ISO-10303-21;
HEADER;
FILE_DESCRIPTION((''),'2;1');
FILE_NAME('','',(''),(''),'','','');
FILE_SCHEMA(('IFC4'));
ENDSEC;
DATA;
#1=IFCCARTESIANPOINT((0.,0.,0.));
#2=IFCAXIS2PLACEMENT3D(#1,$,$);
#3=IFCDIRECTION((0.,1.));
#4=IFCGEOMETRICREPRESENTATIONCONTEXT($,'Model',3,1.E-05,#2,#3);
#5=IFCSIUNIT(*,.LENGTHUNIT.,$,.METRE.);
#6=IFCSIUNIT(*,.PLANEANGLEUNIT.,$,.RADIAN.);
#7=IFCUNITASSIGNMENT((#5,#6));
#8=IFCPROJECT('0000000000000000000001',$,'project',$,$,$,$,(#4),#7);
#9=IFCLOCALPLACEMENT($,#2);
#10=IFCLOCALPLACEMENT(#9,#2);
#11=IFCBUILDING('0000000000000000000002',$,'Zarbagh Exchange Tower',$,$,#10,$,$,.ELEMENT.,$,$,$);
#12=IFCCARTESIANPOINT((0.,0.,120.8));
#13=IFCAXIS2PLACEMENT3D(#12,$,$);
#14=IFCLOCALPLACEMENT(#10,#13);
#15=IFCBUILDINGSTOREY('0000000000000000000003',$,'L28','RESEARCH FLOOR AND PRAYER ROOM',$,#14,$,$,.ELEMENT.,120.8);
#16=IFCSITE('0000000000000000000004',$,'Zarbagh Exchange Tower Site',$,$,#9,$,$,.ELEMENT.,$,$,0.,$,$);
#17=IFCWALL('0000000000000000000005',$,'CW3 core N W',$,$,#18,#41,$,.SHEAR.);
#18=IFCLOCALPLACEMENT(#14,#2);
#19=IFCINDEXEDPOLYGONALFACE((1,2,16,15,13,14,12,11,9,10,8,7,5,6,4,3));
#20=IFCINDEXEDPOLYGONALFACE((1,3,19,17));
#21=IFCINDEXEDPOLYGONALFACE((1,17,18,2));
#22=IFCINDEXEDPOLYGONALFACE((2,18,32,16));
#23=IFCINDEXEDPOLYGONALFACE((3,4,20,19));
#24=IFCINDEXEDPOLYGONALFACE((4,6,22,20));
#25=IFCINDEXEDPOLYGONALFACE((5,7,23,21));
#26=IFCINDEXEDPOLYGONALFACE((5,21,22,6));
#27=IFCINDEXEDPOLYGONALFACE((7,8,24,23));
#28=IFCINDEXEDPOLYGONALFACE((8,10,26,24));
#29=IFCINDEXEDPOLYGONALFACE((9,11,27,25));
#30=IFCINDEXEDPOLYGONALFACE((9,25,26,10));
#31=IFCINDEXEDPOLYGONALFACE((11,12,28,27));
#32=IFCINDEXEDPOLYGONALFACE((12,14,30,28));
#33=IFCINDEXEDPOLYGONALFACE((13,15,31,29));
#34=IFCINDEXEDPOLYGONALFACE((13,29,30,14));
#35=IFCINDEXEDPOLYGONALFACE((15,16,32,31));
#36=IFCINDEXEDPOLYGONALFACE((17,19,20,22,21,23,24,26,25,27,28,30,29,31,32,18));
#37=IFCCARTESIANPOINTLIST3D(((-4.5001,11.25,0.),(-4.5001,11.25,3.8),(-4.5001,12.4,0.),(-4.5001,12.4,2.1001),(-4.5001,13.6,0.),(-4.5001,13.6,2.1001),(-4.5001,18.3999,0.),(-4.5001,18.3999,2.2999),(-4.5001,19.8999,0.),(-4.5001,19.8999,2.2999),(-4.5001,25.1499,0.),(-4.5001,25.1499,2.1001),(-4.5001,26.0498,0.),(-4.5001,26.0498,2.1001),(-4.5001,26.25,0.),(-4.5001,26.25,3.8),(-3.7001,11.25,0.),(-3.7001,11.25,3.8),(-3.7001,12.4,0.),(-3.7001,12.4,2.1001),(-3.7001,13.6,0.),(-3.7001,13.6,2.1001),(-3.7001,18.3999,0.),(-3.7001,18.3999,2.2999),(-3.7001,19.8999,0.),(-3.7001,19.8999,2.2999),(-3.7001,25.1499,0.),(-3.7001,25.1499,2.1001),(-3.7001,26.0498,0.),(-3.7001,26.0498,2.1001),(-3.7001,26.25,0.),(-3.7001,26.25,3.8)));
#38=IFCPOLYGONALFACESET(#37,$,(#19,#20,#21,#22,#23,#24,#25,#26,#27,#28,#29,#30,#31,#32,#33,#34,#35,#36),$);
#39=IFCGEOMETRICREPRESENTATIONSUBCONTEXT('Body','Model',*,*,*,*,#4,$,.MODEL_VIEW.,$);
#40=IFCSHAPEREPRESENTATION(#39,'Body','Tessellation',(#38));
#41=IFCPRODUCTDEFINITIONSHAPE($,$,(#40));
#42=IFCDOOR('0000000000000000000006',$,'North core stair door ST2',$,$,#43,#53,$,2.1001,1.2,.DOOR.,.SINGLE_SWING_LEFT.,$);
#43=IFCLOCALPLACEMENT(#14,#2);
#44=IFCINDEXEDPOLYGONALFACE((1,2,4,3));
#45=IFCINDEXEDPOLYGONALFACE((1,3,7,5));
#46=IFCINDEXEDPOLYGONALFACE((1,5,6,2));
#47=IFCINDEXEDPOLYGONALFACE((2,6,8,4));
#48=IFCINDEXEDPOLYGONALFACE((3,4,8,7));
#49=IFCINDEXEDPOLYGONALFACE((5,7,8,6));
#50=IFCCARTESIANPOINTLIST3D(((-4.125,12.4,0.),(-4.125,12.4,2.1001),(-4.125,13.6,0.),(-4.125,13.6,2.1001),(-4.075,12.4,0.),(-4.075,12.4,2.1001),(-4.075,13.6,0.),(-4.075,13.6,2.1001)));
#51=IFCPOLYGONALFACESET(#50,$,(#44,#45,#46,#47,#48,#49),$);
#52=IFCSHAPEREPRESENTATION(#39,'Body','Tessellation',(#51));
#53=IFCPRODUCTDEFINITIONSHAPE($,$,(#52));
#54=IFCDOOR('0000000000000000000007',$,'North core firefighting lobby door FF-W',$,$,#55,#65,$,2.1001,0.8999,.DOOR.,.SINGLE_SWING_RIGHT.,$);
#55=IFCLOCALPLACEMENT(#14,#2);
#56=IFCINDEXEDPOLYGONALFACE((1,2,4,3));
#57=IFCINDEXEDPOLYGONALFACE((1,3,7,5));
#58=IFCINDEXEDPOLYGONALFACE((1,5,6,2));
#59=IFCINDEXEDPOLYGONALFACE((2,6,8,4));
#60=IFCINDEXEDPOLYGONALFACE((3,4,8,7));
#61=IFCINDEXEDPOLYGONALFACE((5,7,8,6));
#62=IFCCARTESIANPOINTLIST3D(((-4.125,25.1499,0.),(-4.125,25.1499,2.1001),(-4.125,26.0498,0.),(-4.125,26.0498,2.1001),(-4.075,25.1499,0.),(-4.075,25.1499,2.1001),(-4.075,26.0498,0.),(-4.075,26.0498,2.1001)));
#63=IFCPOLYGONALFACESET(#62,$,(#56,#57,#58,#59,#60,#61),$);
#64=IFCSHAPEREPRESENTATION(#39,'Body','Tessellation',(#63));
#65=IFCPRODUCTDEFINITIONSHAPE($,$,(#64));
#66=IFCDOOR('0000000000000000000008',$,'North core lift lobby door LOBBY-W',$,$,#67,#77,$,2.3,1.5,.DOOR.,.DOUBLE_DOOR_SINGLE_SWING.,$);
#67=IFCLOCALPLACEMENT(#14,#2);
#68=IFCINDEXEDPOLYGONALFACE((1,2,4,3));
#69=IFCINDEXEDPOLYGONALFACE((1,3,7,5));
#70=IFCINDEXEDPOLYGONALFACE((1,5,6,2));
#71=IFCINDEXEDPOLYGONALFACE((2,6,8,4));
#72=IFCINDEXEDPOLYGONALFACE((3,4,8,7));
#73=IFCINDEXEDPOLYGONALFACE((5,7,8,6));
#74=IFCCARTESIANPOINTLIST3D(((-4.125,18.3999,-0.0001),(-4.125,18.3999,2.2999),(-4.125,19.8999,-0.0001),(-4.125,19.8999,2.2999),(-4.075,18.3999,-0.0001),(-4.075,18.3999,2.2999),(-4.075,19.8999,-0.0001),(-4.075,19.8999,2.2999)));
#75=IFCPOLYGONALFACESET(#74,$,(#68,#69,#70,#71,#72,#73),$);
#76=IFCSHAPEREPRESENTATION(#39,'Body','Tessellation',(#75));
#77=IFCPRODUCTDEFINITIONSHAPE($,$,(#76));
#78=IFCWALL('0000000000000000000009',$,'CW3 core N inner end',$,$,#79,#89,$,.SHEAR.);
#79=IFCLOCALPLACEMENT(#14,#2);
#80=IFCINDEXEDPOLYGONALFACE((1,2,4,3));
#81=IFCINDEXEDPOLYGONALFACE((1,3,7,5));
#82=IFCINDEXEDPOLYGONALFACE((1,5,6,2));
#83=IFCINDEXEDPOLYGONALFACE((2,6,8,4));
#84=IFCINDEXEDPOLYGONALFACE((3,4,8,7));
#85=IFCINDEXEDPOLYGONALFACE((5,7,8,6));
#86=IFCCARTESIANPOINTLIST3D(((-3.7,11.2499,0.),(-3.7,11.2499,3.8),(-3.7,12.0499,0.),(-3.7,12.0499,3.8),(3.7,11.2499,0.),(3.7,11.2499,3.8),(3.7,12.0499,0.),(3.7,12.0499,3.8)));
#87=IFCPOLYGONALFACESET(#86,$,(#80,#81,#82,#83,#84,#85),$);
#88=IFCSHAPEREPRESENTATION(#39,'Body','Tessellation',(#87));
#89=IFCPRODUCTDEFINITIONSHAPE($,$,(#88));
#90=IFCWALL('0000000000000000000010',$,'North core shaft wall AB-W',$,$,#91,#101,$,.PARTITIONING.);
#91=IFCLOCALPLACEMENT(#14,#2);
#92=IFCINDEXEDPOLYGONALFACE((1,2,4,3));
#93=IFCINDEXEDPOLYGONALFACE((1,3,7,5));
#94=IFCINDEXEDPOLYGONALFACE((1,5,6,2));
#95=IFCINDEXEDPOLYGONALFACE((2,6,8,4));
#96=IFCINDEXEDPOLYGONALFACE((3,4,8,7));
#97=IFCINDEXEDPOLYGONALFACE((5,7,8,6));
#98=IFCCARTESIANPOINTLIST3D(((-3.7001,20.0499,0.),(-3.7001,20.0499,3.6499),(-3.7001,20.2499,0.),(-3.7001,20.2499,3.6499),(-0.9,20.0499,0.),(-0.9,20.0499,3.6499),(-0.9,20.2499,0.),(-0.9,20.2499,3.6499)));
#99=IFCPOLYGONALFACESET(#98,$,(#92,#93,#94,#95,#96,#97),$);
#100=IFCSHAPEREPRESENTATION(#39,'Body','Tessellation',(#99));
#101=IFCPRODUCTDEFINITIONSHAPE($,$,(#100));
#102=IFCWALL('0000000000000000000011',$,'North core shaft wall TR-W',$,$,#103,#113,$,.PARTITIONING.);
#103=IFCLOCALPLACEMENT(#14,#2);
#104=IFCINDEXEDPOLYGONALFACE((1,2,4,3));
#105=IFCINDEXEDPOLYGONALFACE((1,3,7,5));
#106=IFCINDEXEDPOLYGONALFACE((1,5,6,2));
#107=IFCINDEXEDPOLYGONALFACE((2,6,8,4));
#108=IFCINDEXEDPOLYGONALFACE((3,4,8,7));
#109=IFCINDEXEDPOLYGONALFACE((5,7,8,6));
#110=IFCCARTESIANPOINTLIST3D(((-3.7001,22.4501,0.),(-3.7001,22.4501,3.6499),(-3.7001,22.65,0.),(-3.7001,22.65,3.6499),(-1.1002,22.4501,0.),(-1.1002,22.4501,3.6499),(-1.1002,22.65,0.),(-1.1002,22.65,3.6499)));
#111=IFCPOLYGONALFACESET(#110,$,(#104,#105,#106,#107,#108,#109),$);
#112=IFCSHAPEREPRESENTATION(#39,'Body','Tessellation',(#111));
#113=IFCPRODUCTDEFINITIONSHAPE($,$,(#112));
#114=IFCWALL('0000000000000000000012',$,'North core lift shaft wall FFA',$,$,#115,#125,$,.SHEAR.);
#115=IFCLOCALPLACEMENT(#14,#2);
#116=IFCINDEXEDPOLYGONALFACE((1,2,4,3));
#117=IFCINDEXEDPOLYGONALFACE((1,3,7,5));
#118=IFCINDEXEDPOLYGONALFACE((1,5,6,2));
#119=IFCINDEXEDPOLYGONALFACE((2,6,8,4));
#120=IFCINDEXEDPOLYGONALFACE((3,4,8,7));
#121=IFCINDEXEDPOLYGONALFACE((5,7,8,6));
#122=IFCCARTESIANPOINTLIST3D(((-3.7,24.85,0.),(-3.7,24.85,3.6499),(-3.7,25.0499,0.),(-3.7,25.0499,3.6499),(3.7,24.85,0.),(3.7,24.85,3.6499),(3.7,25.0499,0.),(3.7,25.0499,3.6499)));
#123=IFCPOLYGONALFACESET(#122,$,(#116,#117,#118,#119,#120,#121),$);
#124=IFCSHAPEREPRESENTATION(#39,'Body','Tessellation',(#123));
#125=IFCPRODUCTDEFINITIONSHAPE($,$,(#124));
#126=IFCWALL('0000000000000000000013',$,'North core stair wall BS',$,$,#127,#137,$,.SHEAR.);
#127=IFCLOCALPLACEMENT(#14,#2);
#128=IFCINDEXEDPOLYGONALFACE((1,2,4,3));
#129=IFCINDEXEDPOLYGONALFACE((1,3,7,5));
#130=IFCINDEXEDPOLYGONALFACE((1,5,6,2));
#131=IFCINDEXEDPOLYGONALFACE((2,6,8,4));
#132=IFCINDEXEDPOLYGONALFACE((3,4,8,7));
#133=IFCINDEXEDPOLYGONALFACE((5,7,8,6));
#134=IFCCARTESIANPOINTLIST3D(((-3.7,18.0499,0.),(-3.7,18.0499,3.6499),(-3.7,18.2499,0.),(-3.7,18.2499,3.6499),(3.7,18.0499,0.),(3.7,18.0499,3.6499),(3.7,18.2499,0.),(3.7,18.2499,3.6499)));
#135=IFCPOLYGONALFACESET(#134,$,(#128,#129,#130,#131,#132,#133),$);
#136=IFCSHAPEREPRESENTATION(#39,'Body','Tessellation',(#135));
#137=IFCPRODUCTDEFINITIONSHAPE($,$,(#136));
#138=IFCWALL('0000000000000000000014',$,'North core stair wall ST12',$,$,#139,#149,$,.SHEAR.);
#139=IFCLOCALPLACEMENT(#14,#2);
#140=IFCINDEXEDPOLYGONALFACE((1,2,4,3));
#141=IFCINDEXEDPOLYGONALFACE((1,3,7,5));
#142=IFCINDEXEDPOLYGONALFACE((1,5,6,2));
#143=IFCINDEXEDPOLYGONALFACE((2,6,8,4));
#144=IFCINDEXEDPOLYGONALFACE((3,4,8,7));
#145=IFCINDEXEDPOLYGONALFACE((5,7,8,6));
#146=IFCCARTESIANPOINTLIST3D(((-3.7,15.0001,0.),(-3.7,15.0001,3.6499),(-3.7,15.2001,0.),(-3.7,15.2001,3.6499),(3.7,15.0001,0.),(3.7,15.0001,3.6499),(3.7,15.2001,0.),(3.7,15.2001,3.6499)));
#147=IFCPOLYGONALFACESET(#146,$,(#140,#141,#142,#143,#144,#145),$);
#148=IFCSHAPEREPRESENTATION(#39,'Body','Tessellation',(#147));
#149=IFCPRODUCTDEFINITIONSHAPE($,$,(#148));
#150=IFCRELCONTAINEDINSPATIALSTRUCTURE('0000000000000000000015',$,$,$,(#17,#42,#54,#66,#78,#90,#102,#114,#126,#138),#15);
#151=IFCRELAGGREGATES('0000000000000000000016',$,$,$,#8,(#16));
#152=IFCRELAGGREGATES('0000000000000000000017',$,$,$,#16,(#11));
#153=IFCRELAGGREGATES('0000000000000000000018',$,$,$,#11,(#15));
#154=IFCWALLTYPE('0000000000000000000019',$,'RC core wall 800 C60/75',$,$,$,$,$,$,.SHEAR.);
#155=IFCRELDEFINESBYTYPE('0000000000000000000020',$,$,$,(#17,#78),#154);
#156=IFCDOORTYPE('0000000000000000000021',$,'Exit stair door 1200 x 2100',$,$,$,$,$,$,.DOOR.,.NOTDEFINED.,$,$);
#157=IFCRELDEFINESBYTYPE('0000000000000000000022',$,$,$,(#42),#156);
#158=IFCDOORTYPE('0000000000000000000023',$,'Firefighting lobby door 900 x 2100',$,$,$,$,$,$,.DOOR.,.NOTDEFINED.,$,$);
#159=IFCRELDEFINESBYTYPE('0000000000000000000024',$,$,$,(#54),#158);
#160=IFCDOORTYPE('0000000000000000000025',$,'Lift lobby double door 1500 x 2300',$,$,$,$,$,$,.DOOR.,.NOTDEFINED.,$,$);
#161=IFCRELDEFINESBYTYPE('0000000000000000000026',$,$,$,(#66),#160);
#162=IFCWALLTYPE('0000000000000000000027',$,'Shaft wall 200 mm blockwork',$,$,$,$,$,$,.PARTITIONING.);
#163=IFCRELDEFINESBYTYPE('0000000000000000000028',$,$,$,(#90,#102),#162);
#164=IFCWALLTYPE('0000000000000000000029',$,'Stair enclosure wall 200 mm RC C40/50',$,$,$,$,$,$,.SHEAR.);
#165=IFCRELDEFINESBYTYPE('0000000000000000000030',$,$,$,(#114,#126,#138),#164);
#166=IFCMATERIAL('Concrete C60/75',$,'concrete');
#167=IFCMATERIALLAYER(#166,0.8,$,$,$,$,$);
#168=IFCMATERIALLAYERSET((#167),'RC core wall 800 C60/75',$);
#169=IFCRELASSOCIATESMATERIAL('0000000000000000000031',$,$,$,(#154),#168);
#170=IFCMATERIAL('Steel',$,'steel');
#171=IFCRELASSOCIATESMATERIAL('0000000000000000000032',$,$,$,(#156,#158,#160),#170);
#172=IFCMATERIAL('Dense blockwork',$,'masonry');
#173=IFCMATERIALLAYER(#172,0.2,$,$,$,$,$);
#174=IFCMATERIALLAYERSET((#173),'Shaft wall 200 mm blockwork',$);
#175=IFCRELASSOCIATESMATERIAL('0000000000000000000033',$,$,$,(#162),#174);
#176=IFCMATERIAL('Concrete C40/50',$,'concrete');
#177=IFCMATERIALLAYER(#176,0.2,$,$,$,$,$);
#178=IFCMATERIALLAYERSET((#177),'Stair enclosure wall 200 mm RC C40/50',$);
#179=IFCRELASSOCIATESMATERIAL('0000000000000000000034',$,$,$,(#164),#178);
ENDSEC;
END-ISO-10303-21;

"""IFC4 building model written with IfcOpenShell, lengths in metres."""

from ifc_helpers import new_model, si_unit, direction, frame, frame_2d, origin, place, context, subcontext, project, spatial, rectangle, extrude, material, layer, layer_set, type_object, element, fill, save


model = new_model("IFC4")

# Units and contexts
model_context = context("Model", 3, precision=1e-05, world=origin(), true_north=direction((0.0, 1.0)))
body_context = subcontext(model_context, "Body", "Model", "MODEL_VIEW")
ifc_project = project(units=[si_unit("LENGTHUNIT", "METRE"), si_unit("PLANEANGLEUNIT", "RADIAN")], contexts=[model_context])

# Site, building, storey
site_placement = place(None, origin())
site = spatial("IfcSite", under=ifc_project, at=site_placement, Name="Zarbagh Exchange Tower Site", CompositionType="ELEMENT", RefElevation=0.0)
building_placement = place(site_placement, origin())
building = spatial("IfcBuilding", under=site, at=building_placement, Name="Zarbagh Exchange Tower", CompositionType="ELEMENT")
storey_placement = place(building_placement, frame((0.0, 0.0, 120.8)))
storey = spatial("IfcBuildingStorey", under=building, at=storey_placement, Name="L28", Description="RESEARCH FLOOR AND PRAYER ROOM", CompositionType="ELEMENT", Elevation=120.8)

# Shared definitions
ifc_material_1 = material(Name="Concrete C60/75", Category="concrete")

# Wall, openings, doors
ifc_layer_1 = layer(ifc_material_1, 0.8)
ifc_layer_set_1 = layer_set([ifc_layer_1], Name="RC core wall 800 C60/75")
wall_type_1 = type_object("IfcWallType", Name="RC core wall 800 C60/75", PredefinedType="SHEAR", material=ifc_layer_set_1)
wall_1_placement = place(storey_placement, frame((-4.1001, 11.25, 0.0), z_axis=(0.0, 0.0, 1.0), x_axis=(0.0, 1.0, 0.0)))
wall_1 = element("IfcWall", 1, at=wall_1_placement, inside=storey, type_object=wall_type_1, Name="CW3 core N W", PredefinedType="SHEAR", context=body_context, shape_type="SweptSolid", body=[
    extrude(rectangle(XDim=15.0, YDim=0.8, at=frame_2d((7.5, 0.0))), origin(), (0.0, 0.0, 1.0), 3.8),
])
opening_1_placement = place(wall_1_placement, frame((7.1499, 0.0, 0.0)))
opening_1 = element("IfcOpeningElement", 2, at=opening_1_placement, cuts=wall_1, PredefinedType="OPENING", context=body_context, shape_type="SweptSolid", body=[
    extrude(rectangle(XDim=1.5, YDim=2.3, at=frame_2d((0.75, 1.1499))), frame((0.0, 0.4099, 0.0), z_axis=(0.0, -1.0, 0.0), x_axis=(1.0, 0.0, 0.0)), (0.0, 0.0, 1.0), 0.8201),
])
opening_2_placement = place(wall_1_placement, frame((13.8999, 0.0, 0.0)))
opening_2 = element("IfcOpeningElement", 3, at=opening_2_placement, cuts=wall_1, PredefinedType="OPENING", context=body_context, shape_type="SweptSolid", body=[
    extrude(rectangle(XDim=0.8999, YDim=2.1001, at=frame_2d((0.45, 1.05))), frame((0.0, 0.4099, 0.0), z_axis=(0.0, -1.0, 0.0), x_axis=(1.0, 0.0, 0.0)), (0.0, 0.0, 1.0), 0.8201),
])
opening_3_placement = place(wall_1_placement, frame((1.1499, 0.0, 0.0)))
opening_3 = element("IfcOpeningElement", 4, at=opening_3_placement, cuts=wall_1, PredefinedType="OPENING", context=body_context, shape_type="SweptSolid", body=[
    extrude(rectangle(XDim=1.2, YDim=2.1001, at=frame_2d((0.6001, 1.05))), frame((0.0, 0.4099, 0.0), z_axis=(0.0, -1.0, 0.0), x_axis=(1.0, 0.0, 0.0)), (0.0, 0.0, 1.0), 0.8201),
])
ifc_material_2 = material(Name="Steel", Category="steel")
door_type_1 = type_object("IfcDoorType", Name="Exit stair door 1200 x 2100", OperationType="NOTDEFINED", PredefinedType="DOOR", material=ifc_material_2)
door_1_placement = place(opening_3_placement, origin())
door_1 = element("IfcDoor", 5, at=door_1_placement, inside=storey, type_object=door_type_1, Name="North core stair door ST2", OperationType="SINGLE_SWING_LEFT", OverallHeight=2.1001, OverallWidth=1.2, PredefinedType="DOOR", context=body_context, shape_type="SweptSolid", body=[
    extrude(rectangle(XDim=1.2, YDim=2.1001, at=frame_2d((0.6001, 1.05))), frame((0.0, 0.0249, 0.0), z_axis=(0.0, -1.0, 0.0), x_axis=(1.0, 0.0, 0.0)), (0.0, 0.0, 1.0), 0.05),
])
fill(opening_3, door_1)
door_type_2 = type_object("IfcDoorType", Name="Firefighting lobby door 900 x 2100", OperationType="NOTDEFINED", PredefinedType="DOOR", material=ifc_material_2)
door_2_placement = place(opening_2_placement, origin())
door_2 = element("IfcDoor", 6, at=door_2_placement, inside=storey, type_object=door_type_2, Name="North core firefighting lobby door FF-W", OperationType="SINGLE_SWING_RIGHT", OverallHeight=2.1001, OverallWidth=0.8999, PredefinedType="DOOR", context=body_context, shape_type="SweptSolid", body=[
    extrude(rectangle(XDim=0.8999, YDim=2.1001, at=frame_2d((0.45, 1.05))), frame((0.0, 0.0249, 0.0), z_axis=(0.0, -1.0, 0.0), x_axis=(1.0, 0.0, 0.0)), (0.0, 0.0, 1.0), 0.05),
])
fill(opening_2, door_2)
door_type_3 = type_object("IfcDoorType", Name="Lift lobby double door 1500 x 2300", OperationType="NOTDEFINED", PredefinedType="DOOR", material=ifc_material_2)
door_3_placement = place(opening_1_placement, origin())
door_3 = element("IfcDoor", 7, at=door_3_placement, inside=storey, type_object=door_type_3, Name="North core lift lobby door LOBBY-W", OperationType="DOUBLE_DOOR_SINGLE_SWING", OverallHeight=2.3, OverallWidth=1.5, PredefinedType="DOOR", context=body_context, shape_type="SweptSolid", body=[
    extrude(rectangle(XDim=1.5, YDim=2.3, at=frame_2d((0.75, 1.1499))), frame((0.0, 0.0249, 0.0), z_axis=(0.0, -1.0, 0.0), x_axis=(1.0, 0.0, 0.0)), (0.0, 0.0, 1.0), 0.05),
])
fill(opening_1, door_3)

# Walls
wall_2_placement = place(storey_placement, frame((-3.7, 11.6499, 0.0), z_axis=(0.0, 0.0, 1.0), x_axis=(1.0, 0.0, 0.0)))
element("IfcWall", 8, at=wall_2_placement, inside=storey, type_object=wall_type_1, Name="CW3 core N inner end", PredefinedType="SHEAR", context=body_context, shape_type="SweptSolid", body=[
    extrude(rectangle(XDim=7.3999, YDim=0.8, at=frame_2d((3.7, 0.0))), origin(), (0.0, 0.0, 1.0), 3.8),
])
ifc_material_3 = material(Name="Dense blockwork", Category="masonry")
ifc_layer_2 = layer(ifc_material_3, 0.2)
ifc_layer_set_2 = layer_set([ifc_layer_2], Name="Shaft wall 200 mm blockwork")
wall_type_2 = type_object("IfcWallType", Name="Shaft wall 200 mm blockwork", PredefinedType="PARTITIONING", material=ifc_layer_set_2)
wall_3_placement = place(storey_placement, frame((-3.7, 20.1499, 0.0), z_axis=(0.0, 0.0, 1.0), x_axis=(1.0, 0.0, 0.0)))
element("IfcWall", 9, at=wall_3_placement, inside=storey, type_object=wall_type_2, Name="North core shaft wall AB-W", PredefinedType="PARTITIONING", context=body_context, shape_type="SweptSolid", body=[
    extrude(rectangle(XDim=2.8, YDim=0.2, at=frame_2d((1.3999, 0.0))), origin(), (0.0, 0.0, 1.0), 3.6499),
])
wall_4_placement = place(storey_placement, frame((-3.7, 22.55, 0.0), z_axis=(0.0, 0.0, 1.0), x_axis=(1.0, 0.0, 0.0)))
element("IfcWall", 10, at=wall_4_placement, inside=storey, type_object=wall_type_2, Name="North core shaft wall TR-W", PredefinedType="PARTITIONING", context=body_context, shape_type="SweptSolid", body=[
    extrude(rectangle(XDim=2.5999, YDim=0.2, at=frame_2d((1.2998, 0.0))), origin(), (0.0, 0.0, 1.0), 3.6499),
])
ifc_material_4 = material(Name="Concrete C40/50", Category="concrete")
ifc_layer_3 = layer(ifc_material_4, 0.2)
ifc_layer_set_3 = layer_set([ifc_layer_3], Name="Stair enclosure wall 200 mm RC C40/50")
wall_type_3 = type_object("IfcWallType", Name="Stair enclosure wall 200 mm RC C40/50", PredefinedType="SHEAR", material=ifc_layer_set_3)
for number, where, z_axis, x_axis, name in (
    (11, (-3.7, 24.95, 0.0), (0.0, 0.0, 1.0), (1.0, 0.0, 0.0), "North core lift shaft wall FFA"),
    (12, (-3.7, 18.1499, 0.0), (0.0, 0.0, 1.0), (1.0, 0.0, 0.0), "North core stair wall BS"),
    (13, (-3.7, 15.1001, 0.0), (0.0, 0.0, 1.0), (1.0, 0.0, 0.0), "North core stair wall ST12"),
):
    element("IfcWall", number, at=place(storey_placement, frame(where, z_axis=z_axis, x_axis=x_axis)), inside=storey, type_object=wall_type_3, Name=name, PredefinedType="SHEAR", context=body_context, shape_type="SweptSolid", body=[
        extrude(rectangle(XDim=7.3999, YDim=0.2, at=frame_2d((3.7, 0.0))), origin(), (0.0, 0.0, 1.0), 3.6499),
    ])

save(model, "model.ifc")
